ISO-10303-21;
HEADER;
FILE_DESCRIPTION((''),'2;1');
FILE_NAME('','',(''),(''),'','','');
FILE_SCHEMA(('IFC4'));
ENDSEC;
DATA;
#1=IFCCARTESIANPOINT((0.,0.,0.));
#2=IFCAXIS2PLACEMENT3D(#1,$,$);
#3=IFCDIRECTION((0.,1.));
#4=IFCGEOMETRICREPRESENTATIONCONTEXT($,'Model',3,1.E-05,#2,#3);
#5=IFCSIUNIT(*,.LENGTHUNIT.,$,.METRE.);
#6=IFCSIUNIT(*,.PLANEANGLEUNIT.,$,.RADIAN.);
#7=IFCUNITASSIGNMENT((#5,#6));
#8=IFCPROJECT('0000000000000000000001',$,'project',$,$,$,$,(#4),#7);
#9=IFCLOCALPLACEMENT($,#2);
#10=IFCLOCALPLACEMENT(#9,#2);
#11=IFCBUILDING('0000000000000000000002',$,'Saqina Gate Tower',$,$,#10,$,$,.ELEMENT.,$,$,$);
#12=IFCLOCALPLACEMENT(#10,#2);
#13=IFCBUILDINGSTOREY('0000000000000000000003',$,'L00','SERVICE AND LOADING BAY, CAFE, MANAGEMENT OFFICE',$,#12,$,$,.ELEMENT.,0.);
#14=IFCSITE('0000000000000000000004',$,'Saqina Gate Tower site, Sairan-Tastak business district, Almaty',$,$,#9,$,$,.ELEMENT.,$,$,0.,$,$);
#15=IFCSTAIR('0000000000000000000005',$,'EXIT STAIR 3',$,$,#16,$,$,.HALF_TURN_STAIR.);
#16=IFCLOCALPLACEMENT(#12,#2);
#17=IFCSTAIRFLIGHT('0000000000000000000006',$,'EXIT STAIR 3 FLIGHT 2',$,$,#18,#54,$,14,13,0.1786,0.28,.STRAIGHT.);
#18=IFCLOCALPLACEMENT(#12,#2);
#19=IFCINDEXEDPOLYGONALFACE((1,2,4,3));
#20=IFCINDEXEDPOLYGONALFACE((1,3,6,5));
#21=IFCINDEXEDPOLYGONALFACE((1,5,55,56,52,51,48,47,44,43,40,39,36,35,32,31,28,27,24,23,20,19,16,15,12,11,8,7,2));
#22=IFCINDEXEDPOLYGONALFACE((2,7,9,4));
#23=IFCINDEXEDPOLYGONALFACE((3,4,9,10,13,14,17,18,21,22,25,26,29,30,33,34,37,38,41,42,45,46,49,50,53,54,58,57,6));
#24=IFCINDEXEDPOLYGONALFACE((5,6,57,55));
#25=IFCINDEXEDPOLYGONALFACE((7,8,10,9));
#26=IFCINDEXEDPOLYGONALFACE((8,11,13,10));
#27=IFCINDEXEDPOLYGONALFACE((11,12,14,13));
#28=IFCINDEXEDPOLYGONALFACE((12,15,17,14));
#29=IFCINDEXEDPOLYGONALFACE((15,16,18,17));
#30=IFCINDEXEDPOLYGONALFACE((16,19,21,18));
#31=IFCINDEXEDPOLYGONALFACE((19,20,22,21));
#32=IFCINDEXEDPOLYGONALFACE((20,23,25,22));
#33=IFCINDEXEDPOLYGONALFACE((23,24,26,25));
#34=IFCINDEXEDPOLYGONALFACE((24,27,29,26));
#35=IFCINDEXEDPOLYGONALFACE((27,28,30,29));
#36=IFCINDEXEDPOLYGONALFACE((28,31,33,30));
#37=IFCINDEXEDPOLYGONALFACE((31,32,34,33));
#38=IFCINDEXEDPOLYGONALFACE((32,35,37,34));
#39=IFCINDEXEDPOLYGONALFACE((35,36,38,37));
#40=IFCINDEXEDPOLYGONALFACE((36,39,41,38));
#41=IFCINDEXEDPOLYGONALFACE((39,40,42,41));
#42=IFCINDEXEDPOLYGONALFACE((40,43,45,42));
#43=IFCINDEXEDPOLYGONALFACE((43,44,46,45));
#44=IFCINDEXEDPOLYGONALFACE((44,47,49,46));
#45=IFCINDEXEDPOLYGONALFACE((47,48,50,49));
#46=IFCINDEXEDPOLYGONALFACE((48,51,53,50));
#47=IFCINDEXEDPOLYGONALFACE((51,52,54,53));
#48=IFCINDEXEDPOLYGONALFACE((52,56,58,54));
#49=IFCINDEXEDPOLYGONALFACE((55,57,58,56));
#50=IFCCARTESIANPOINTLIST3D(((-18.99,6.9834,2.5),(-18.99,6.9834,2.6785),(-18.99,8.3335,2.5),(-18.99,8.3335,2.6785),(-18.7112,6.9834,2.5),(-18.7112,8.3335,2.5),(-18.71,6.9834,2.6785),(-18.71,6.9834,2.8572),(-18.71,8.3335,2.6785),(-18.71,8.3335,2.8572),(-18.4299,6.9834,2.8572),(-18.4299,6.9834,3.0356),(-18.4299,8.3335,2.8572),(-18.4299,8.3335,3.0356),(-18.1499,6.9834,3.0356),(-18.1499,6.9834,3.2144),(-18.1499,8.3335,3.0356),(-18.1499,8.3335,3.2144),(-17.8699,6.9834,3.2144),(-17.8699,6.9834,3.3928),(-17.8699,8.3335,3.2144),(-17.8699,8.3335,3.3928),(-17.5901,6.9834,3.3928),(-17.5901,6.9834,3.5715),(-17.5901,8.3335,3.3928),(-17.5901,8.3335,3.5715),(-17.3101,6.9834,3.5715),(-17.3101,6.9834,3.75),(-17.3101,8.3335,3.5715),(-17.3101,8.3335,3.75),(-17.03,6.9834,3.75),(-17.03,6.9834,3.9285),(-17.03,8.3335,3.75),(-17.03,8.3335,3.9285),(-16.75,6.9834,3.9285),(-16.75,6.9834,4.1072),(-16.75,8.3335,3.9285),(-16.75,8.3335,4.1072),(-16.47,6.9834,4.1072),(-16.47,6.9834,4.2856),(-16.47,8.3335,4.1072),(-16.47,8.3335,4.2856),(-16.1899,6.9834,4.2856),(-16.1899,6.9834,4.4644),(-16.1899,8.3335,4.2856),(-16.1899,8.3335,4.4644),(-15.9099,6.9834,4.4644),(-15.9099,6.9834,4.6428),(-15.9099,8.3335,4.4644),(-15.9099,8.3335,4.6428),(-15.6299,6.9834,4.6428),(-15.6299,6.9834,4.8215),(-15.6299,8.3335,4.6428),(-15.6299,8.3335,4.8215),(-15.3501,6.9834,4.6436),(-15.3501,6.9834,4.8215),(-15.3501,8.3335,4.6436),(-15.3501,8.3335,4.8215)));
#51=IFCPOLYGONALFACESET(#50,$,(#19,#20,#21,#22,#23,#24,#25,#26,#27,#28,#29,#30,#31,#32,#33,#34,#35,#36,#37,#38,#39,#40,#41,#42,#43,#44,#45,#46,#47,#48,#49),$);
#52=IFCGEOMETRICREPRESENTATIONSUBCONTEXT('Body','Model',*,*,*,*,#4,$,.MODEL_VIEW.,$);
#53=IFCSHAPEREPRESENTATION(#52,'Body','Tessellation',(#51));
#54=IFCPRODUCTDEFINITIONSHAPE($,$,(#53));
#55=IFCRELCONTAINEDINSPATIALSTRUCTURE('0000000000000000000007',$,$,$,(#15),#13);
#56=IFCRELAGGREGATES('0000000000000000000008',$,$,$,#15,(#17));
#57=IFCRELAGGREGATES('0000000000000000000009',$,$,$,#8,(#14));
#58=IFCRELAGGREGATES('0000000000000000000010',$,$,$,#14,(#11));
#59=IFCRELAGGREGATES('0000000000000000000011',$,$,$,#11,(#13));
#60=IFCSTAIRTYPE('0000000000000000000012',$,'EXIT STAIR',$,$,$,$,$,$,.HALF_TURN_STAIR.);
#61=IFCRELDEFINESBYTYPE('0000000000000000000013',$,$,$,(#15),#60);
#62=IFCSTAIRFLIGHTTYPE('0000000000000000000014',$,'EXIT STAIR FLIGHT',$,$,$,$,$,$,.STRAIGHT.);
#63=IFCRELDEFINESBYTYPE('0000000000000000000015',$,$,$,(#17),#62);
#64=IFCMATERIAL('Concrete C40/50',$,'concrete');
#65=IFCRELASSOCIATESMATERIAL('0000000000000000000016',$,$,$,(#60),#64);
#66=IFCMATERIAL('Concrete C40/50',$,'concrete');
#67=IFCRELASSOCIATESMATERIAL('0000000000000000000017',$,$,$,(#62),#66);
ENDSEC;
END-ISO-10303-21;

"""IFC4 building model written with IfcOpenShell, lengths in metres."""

from ifc_helpers import new_model, si_unit, direction, frame, origin, place, context, subcontext, project, spatial, polyline, outline, extrude, material, type_object, element, aggregate, save


model = new_model("IFC4")

# Units and contexts
model_context = context("Model", 3, precision=1e-05, world=origin(), true_north=direction((0.0, 1.0)))
body_context = subcontext(model_context, "Body", "Model", "MODEL_VIEW")
ifc_project = project(units=[si_unit("LENGTHUNIT", "METRE"), si_unit("PLANEANGLEUNIT", "RADIAN")], contexts=[model_context])

# Site, building, storey
site_placement = place(None, origin())
site = spatial("IfcSite", under=ifc_project, at=site_placement, Name="Saqina Gate Tower site, Sairan-Tastak business district, Almaty", CompositionType="ELEMENT", RefElevation=0.0)
building_placement = place(site_placement, origin())
building = spatial("IfcBuilding", under=site, at=building_placement, Name="Saqina Gate Tower", CompositionType="ELEMENT")
storey_placement = place(building_placement, origin())
storey = spatial("IfcBuildingStorey", under=building, at=storey_placement, Name="L00", Description="SERVICE AND LOADING BAY, CAFE, MANAGEMENT OFFICE", CompositionType="ELEMENT", Elevation=0.0)

# Stair, stair flight
ifc_material_1 = material(Name="Concrete C40/50", Category="concrete")
stair_type = type_object("IfcStairType", Name="EXIT STAIR", PredefinedType="HALF_TURN_STAIR", material=ifc_material_1)
stair_placement = place(storey_placement, origin())
stair = element("IfcStair", 1, at=stair_placement, inside=storey, type_object=stair_type, Name="EXIT STAIR 3", PredefinedType="HALF_TURN_STAIR")
ifc_material_2 = material(Name="Concrete C40/50", Category="concrete")
stair_flight_type = type_object("IfcStairFlightType", Name="EXIT STAIR FLIGHT", PredefinedType="STRAIGHT", material=ifc_material_2)
stair_flight_placement = place(storey_placement, frame((-18.99, 7.6584, 2.5), z_axis=(0.0, 0.0, 1.0), x_axis=(1.0, 0.0, 0.0)))
stair_flight = element("IfcStairFlight", 2, at=stair_flight_placement, type_object=stair_flight_type, Name="EXIT STAIR 3 FLIGHT 2", NumberOfRisers=14, NumberOfTreads=13, PredefinedType="STRAIGHT", RiserHeight=0.1786, TreadLength=0.28, context=body_context, shape_type="SweptSolid", body=[
    extrude(outline(polyline([(0.0, 0.0), (0.0, 0.1785), (0.28, 0.1785), (0.28, 0.3572), (0.5601, 0.3572), (0.5601, 0.5356), (0.8401, 0.5356), (0.8401, 0.7144), (1.1201, 0.7144), (1.1201, 0.8928), (1.3999, 0.8928), (1.3999, 1.0715), (1.6799, 1.0715), (1.6799, 1.25), (1.96, 1.25), (1.96, 1.4285), (2.24, 1.4285), (2.24, 1.6072), (2.52, 1.6072), (2.52, 1.7856), (2.8, 1.7856), (2.8, 1.9644), (3.0801, 1.9644), (3.0801, 2.1428), (3.3601, 2.1428), (3.3601, 2.3215), (3.6399, 2.3215), (3.6399, 2.5), (3.6399, 2.1436), (0.2788, 0.0), (0.0, 0.0)])), frame((0.0, 0.675, 0.0), z_axis=(0.0, -1.0, 0.0), x_axis=(1.0, 0.0, 0.0)), (0.0, 0.0, 1.0), 1.3501),
])
aggregate(stair, [stair_flight])

save(model, "model.ifc")
